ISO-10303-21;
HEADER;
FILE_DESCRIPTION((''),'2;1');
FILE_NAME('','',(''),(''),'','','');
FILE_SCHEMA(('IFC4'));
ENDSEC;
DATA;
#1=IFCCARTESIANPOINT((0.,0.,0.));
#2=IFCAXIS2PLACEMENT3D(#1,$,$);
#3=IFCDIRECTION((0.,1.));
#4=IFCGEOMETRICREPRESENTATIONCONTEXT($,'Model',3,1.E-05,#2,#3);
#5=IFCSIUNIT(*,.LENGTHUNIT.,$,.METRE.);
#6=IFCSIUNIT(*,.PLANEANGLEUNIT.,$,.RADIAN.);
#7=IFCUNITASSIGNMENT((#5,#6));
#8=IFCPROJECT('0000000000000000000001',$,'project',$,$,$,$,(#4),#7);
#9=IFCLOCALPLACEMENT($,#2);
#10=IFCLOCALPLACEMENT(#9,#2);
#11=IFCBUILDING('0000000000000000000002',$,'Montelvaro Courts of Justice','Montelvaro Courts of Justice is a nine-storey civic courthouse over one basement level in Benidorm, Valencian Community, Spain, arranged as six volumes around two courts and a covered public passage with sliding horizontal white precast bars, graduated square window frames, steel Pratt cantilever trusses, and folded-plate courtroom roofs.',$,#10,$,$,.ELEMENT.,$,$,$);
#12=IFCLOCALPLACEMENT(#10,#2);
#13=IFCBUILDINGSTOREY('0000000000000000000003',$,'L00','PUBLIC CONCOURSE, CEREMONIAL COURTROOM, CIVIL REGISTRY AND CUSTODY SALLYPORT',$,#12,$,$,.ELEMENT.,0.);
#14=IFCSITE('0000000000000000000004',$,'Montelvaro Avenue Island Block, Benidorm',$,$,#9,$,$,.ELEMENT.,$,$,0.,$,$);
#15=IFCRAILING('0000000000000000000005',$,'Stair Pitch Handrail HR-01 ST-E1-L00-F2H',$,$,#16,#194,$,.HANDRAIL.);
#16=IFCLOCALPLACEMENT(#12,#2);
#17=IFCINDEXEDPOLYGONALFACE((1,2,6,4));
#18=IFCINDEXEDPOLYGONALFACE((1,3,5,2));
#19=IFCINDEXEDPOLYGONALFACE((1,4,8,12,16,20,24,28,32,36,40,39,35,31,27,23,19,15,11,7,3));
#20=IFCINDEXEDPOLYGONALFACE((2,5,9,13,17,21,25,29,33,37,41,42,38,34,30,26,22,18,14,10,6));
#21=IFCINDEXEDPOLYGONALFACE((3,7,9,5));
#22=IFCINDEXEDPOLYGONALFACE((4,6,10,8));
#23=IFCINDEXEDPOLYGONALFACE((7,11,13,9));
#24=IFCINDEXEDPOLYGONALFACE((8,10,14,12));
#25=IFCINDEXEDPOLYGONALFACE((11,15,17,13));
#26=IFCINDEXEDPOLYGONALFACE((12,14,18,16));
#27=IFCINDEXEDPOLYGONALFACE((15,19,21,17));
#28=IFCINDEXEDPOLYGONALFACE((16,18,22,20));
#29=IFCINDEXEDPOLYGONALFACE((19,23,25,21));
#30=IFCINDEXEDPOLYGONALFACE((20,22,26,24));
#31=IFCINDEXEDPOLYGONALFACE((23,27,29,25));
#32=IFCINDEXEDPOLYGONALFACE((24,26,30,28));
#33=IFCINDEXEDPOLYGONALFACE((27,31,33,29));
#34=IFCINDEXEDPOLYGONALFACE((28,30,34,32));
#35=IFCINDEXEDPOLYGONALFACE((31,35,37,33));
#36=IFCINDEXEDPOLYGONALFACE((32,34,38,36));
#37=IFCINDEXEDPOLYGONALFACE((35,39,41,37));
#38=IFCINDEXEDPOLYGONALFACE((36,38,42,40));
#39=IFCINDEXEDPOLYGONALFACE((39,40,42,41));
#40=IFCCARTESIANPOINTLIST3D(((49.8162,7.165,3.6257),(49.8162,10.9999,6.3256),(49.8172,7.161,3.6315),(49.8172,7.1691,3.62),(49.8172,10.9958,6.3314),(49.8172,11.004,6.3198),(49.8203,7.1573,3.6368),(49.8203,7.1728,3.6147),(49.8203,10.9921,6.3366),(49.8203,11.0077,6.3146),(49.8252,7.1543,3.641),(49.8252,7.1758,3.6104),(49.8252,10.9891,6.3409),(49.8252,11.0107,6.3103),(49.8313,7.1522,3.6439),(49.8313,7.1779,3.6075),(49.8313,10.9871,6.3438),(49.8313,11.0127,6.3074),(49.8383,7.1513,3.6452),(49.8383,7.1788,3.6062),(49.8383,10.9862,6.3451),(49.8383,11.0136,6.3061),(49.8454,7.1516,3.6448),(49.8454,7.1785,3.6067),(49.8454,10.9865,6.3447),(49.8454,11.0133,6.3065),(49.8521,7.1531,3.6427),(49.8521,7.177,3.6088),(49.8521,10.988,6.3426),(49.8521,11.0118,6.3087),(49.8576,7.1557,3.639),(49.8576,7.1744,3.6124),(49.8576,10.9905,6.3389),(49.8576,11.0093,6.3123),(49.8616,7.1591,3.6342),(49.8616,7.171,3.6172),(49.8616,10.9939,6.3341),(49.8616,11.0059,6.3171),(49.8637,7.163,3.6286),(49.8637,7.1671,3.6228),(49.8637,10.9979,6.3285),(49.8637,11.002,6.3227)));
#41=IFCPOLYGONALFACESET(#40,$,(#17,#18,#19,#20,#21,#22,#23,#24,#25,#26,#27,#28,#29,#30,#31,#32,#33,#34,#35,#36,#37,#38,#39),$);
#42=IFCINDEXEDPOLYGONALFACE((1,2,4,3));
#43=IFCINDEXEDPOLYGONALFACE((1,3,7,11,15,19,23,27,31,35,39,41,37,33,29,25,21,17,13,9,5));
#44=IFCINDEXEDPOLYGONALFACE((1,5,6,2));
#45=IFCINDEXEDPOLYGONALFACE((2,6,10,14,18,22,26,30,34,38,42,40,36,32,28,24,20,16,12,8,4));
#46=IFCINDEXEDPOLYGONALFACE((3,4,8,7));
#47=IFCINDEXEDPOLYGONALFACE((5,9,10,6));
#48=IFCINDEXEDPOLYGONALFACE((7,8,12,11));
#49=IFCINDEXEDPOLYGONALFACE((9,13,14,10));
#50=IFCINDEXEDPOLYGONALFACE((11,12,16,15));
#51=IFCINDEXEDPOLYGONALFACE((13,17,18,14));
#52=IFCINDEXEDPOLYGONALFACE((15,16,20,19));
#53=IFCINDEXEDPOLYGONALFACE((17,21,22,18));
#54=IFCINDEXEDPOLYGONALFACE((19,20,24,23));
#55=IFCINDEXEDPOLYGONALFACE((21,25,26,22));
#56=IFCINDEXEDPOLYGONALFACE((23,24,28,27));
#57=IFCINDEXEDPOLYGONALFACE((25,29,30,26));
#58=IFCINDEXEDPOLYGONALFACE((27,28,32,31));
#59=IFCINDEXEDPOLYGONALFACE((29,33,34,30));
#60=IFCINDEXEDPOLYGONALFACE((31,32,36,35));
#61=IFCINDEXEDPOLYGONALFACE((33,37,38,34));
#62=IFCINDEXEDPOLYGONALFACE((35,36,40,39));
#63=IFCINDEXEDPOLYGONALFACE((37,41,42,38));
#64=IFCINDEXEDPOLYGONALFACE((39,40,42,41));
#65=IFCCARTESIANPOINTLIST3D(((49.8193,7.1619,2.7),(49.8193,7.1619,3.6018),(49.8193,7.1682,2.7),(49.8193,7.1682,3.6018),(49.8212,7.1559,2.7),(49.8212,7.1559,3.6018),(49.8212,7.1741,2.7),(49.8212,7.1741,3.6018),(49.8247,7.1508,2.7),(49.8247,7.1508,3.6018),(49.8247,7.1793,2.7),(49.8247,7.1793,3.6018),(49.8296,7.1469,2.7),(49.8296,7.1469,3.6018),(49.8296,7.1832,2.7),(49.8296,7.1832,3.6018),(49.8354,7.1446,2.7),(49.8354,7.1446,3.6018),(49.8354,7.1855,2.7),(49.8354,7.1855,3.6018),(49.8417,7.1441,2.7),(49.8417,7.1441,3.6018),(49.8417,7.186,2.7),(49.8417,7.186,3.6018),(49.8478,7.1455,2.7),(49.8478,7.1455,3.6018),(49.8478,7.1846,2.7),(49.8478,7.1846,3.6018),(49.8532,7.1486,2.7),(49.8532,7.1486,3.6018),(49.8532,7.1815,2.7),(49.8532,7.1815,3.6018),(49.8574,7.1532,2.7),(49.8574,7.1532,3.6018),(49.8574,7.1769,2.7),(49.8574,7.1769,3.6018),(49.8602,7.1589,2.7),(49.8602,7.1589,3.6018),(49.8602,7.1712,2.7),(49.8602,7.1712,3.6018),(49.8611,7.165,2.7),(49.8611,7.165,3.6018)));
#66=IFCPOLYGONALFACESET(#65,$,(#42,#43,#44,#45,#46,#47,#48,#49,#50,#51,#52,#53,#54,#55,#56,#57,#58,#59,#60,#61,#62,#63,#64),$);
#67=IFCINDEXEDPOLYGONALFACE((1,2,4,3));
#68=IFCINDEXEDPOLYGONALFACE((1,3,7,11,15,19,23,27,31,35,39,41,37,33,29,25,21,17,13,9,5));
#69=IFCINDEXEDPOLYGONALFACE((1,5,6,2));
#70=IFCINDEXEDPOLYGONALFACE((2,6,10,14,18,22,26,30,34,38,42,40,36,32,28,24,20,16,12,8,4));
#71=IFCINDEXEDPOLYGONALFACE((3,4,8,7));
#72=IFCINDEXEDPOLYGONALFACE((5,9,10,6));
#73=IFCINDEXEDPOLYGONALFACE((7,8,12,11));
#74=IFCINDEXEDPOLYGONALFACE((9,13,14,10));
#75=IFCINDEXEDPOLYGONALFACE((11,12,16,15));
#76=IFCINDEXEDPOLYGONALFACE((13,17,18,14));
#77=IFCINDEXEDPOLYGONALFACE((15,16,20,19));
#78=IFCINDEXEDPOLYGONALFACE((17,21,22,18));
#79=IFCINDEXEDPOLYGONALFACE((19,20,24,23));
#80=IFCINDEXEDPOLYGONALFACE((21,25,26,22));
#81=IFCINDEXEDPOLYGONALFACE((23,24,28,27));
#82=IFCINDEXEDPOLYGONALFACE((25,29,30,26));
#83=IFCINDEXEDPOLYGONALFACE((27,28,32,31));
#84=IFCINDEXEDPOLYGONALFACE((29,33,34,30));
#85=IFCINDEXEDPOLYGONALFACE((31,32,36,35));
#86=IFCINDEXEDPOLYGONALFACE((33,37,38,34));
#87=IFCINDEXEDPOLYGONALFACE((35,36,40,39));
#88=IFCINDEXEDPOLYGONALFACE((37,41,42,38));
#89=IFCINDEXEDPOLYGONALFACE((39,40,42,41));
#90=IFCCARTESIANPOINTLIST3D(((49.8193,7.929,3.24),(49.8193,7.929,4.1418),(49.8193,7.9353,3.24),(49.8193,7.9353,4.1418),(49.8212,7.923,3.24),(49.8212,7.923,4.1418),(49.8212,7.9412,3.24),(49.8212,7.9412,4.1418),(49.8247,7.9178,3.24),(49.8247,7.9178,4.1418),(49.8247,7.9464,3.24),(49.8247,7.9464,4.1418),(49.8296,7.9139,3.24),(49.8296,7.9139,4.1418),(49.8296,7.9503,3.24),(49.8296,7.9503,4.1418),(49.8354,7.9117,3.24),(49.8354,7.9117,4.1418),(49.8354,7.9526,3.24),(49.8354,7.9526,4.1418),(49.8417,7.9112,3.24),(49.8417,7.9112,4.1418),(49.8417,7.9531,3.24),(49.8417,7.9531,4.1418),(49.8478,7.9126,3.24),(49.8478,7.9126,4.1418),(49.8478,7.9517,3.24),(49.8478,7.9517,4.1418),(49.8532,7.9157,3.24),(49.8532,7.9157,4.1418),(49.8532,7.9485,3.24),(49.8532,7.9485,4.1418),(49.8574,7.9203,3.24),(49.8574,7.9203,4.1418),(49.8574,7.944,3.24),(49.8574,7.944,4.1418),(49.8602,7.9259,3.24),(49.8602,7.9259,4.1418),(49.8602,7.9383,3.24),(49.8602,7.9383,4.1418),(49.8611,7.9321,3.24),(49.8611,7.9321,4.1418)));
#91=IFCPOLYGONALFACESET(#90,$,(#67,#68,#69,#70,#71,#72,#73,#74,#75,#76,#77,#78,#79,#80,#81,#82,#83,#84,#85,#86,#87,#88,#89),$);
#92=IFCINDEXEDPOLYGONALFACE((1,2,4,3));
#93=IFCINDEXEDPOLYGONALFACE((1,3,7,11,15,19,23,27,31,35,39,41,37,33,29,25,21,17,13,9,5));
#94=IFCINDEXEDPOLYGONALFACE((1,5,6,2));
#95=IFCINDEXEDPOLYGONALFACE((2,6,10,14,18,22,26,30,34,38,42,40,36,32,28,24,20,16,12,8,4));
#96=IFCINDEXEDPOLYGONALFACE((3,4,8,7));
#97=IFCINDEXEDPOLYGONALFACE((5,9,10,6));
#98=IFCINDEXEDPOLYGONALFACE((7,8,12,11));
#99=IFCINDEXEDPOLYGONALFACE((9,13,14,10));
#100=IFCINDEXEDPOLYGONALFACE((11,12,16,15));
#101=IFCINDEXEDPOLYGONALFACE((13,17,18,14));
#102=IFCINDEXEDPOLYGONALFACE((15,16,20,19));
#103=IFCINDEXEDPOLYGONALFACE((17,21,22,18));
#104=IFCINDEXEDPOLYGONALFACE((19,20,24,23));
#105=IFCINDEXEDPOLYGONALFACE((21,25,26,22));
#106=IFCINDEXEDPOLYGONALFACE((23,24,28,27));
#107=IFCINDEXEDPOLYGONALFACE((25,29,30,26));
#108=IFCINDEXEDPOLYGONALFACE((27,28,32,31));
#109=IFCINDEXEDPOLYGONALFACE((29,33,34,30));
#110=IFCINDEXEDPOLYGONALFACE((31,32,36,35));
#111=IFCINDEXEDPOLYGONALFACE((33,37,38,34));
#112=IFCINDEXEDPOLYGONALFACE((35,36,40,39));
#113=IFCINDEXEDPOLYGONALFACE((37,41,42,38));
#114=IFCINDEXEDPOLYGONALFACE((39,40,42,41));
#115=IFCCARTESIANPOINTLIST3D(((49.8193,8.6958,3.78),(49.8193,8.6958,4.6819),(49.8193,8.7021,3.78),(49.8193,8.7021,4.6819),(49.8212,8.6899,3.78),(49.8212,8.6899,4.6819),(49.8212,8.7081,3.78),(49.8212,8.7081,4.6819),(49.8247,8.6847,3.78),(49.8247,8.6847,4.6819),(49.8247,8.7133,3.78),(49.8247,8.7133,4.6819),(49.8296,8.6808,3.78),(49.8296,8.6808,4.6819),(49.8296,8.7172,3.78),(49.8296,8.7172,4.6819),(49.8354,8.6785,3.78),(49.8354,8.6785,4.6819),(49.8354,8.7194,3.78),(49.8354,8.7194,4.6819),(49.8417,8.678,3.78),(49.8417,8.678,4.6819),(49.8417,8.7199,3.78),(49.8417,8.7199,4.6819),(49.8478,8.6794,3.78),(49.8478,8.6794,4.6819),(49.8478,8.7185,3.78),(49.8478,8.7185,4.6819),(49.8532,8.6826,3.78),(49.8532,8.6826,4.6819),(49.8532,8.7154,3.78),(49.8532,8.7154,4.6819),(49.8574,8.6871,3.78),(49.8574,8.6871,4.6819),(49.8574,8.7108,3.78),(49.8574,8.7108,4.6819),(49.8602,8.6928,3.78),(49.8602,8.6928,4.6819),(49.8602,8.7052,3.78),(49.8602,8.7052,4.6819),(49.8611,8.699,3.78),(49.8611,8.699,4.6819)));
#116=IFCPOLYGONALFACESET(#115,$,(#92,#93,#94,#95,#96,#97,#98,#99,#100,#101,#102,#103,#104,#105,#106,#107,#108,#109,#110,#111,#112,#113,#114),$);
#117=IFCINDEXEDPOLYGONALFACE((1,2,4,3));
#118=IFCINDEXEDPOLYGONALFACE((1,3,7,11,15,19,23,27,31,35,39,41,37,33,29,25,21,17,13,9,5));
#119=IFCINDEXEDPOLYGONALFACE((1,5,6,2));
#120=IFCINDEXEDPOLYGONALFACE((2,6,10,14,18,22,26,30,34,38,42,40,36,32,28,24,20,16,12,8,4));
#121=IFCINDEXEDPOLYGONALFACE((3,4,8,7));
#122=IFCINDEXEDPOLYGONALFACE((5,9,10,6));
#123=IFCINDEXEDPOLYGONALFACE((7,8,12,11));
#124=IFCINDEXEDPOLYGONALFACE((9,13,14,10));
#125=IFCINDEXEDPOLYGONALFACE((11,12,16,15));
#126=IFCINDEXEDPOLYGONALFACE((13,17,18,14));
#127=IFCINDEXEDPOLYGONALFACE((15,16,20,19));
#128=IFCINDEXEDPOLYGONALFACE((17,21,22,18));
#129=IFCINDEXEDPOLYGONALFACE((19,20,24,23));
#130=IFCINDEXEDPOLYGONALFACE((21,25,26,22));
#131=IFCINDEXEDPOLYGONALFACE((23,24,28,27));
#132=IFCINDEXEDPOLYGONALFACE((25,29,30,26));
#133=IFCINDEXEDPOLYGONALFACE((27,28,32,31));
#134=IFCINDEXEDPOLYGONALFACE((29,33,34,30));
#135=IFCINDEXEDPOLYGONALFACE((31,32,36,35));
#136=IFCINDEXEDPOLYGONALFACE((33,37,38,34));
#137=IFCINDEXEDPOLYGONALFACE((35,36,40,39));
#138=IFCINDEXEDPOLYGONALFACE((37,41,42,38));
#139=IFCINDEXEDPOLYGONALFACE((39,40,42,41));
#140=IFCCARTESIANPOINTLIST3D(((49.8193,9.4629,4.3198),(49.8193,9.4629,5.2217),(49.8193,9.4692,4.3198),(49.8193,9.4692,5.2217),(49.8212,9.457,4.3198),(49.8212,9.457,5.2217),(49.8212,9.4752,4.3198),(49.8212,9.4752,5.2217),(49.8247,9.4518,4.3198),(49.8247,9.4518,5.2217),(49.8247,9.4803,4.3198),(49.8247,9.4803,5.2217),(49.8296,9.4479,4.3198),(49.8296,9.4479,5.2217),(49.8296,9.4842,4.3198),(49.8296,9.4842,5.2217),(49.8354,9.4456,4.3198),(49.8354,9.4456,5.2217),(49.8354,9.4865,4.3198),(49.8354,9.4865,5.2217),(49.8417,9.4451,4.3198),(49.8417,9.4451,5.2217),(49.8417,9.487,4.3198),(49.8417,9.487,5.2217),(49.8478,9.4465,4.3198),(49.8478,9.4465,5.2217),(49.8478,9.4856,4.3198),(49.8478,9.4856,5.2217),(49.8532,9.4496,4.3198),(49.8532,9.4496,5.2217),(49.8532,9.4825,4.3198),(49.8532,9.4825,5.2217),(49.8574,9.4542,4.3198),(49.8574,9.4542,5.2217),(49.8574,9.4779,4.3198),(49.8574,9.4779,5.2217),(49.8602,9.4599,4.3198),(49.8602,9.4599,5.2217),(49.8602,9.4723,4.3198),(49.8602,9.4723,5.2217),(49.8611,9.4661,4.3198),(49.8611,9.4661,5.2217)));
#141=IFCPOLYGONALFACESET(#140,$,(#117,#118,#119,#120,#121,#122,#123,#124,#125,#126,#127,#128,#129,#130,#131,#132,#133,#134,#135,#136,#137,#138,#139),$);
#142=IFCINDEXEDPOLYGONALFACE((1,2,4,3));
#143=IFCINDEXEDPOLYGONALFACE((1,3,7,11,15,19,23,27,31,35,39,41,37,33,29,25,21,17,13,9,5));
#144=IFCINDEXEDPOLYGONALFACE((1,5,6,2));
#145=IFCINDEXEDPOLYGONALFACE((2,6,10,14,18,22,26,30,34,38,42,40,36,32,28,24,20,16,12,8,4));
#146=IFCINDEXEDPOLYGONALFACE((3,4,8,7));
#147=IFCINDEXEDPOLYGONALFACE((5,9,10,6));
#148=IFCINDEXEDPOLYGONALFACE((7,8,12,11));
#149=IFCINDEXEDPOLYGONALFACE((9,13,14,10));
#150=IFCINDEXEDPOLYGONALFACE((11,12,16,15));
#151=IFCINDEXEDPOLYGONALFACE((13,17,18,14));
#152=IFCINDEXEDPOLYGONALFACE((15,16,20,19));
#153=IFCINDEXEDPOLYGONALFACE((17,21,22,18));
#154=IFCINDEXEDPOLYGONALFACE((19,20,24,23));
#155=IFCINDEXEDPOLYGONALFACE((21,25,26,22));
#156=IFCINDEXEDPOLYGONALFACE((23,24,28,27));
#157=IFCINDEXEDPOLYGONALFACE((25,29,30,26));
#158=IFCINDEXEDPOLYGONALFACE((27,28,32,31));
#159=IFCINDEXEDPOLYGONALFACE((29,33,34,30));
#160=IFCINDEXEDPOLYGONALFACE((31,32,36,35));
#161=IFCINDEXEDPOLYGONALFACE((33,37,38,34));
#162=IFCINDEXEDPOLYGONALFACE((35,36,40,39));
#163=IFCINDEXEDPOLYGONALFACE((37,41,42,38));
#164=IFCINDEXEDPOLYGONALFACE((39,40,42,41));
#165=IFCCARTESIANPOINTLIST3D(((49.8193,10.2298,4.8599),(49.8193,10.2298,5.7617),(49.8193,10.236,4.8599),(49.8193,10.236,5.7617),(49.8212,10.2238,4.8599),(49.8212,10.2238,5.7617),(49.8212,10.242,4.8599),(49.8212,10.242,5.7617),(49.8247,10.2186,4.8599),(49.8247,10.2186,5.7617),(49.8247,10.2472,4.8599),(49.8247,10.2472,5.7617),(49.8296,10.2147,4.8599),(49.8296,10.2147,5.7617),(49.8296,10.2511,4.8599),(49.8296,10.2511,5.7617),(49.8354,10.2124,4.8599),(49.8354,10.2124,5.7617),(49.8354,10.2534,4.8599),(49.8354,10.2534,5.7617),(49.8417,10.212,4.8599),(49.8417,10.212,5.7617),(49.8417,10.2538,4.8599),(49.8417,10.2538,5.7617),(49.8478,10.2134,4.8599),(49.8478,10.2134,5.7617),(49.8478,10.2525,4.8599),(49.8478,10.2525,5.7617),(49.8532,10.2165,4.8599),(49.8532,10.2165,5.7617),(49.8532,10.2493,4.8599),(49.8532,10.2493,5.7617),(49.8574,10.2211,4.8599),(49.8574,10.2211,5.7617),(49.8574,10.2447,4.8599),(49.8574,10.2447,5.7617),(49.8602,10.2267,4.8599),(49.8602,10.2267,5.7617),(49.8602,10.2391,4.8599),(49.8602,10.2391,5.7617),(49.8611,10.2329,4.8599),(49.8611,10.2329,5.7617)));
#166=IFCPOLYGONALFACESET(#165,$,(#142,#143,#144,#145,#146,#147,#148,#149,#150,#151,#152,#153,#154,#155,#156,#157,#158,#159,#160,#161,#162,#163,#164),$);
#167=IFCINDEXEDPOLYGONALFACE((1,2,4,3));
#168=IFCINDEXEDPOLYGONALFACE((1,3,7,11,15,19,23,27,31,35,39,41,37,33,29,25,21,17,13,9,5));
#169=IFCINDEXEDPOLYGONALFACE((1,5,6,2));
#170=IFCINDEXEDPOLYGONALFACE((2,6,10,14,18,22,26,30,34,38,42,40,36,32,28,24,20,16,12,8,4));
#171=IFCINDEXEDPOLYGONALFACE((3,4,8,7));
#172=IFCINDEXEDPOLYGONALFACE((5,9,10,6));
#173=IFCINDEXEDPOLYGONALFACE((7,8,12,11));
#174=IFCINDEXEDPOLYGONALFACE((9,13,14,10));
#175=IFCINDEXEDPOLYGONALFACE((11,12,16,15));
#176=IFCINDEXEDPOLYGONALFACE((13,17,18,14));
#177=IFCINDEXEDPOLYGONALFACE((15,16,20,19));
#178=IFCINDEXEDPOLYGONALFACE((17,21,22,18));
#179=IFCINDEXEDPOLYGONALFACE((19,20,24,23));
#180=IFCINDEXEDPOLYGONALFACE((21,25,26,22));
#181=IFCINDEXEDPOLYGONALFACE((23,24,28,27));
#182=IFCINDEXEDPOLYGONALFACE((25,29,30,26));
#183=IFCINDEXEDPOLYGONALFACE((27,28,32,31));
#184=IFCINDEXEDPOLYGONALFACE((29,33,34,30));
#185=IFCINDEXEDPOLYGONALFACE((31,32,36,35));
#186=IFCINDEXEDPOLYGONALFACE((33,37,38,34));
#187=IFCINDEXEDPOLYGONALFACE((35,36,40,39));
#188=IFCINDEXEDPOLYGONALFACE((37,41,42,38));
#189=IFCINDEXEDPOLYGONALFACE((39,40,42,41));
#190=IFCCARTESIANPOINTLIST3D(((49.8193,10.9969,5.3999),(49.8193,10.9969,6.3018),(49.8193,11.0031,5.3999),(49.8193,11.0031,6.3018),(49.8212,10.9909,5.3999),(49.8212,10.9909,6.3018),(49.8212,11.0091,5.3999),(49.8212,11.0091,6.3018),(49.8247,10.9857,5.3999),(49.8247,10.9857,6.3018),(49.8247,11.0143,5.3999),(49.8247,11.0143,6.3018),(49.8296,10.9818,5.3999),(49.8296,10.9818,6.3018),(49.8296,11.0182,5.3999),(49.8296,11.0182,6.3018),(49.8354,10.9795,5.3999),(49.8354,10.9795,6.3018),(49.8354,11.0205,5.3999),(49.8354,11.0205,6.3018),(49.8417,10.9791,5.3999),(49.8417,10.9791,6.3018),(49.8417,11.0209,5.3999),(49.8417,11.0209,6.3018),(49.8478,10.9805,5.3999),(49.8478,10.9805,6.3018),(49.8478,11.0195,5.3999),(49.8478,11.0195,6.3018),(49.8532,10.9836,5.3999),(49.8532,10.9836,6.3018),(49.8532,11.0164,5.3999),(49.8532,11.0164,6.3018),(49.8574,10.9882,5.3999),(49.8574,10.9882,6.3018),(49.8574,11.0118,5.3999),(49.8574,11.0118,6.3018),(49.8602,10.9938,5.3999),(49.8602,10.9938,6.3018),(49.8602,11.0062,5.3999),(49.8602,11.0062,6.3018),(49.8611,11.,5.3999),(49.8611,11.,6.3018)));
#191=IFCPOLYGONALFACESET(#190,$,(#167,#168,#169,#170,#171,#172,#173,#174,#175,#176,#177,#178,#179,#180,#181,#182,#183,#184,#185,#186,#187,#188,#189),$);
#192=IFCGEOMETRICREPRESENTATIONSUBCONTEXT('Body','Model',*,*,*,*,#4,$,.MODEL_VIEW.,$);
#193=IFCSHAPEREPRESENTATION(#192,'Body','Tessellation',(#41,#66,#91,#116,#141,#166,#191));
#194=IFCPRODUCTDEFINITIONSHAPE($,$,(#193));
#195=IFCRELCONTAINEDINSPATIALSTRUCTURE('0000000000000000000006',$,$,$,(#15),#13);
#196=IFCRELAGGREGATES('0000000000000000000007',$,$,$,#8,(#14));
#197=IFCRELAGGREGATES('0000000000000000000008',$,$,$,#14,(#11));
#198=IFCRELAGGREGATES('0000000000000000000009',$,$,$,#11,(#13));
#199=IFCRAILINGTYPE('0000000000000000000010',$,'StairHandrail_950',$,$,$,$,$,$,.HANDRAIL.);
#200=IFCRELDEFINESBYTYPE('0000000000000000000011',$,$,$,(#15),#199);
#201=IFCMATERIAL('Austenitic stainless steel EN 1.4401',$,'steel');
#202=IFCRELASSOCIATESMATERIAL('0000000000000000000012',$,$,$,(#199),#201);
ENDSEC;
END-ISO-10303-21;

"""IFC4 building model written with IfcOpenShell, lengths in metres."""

from ifc_helpers import new_model, si_unit, direction, frame, origin, origin_2d, place, context, subcontext, project, spatial, circle, extrude, material, type_object, element, save


model = new_model("IFC4")

# Units and contexts
model_context = context("Model", 3, precision=1e-05, world=origin(), true_north=direction((0.0, 1.0)))
body_context = subcontext(model_context, "Body", "Model", "MODEL_VIEW")
ifc_project = project(units=[si_unit("LENGTHUNIT", "METRE"), si_unit("PLANEANGLEUNIT", "RADIAN")], contexts=[model_context])

# Site, building, storey
site_placement = place(None, origin())
site = spatial("IfcSite", under=ifc_project, at=site_placement, Name="Montelvaro Avenue Island Block, Benidorm", CompositionType="ELEMENT", RefElevation=0.0)
building_placement = place(site_placement, origin())
building = spatial("IfcBuilding", under=site, at=building_placement, Name="Montelvaro Courts of Justice", Description="Montelvaro Courts of Justice is a nine-storey civic courthouse over one basement level in Benidorm, Valencian Community, Spain, arranged as six volumes around two courts and a covered public passage with sliding horizontal white precast bars, graduated square window frames, steel Pratt cantilever trusses, and folded-plate courtroom roofs.", CompositionType="ELEMENT")
storey_placement = place(building_placement, origin())
storey = spatial("IfcBuildingStorey", under=building, at=storey_placement, Name="L00", Description="PUBLIC CONCOURSE, CEREMONIAL COURTROOM, CIVIL REGISTRY AND CUSTODY SALLYPORT", CompositionType="ELEMENT", Elevation=0.0)

# Railing
ifc_material_1 = material(Name="Austenitic stainless steel EN 1.4401", Category="steel")
railing_type_1 = type_object("IfcRailingType", Name="StairHandrail_950", PredefinedType="HANDRAIL", material=ifc_material_1)
railing_1_placement = place(storey_placement, frame((49.8401, 7.165, 2.7)))
element("IfcRailing", 1, at=railing_1_placement, inside=storey, type_object=railing_type_1, Name="Stair Pitch Handrail HR-01 ST-E1-L00-F2H", PredefinedType="HANDRAIL", context=body_context, shape_type="SweptSolid", body=[
    extrude(circle(Radius=0.0239, at=origin_2d()), frame((0.0, 0.0, 0.9258), z_axis=(0.0, 0.817678, 0.575675), x_axis=(-1.0, 0.0, 0.0)), (0.0, 0.0, 1.0), 4.6899),
    extrude(circle(Radius=0.021, at=origin_2d()), origin(), (0.0, 0.0, 1.0), 0.9019),
    extrude(circle(Radius=0.021, at=origin_2d()), frame((0.0, 0.7671, 0.54)), (0.0, 0.0, 1.0), 0.9019),
    extrude(circle(Radius=0.021, at=origin_2d()), frame((0.0, 1.5339, 1.0801)), (0.0, 0.0, 1.0), 0.9019),
    extrude(circle(Radius=0.021, at=origin_2d()), frame((0.0, 2.301, 1.6199)), (0.0, 0.0, 1.0), 0.9019),
    extrude(circle(Radius=0.021, at=origin_2d()), frame((0.0, 3.0679, 2.1599)), (0.0, 0.0, 1.0), 0.9019),
    extrude(circle(Radius=0.021, at=origin_2d()), frame((0.0, 3.835, 2.7)), (0.0, 0.0, 1.0), 0.9019),
])

save(model, "model.ifc")
